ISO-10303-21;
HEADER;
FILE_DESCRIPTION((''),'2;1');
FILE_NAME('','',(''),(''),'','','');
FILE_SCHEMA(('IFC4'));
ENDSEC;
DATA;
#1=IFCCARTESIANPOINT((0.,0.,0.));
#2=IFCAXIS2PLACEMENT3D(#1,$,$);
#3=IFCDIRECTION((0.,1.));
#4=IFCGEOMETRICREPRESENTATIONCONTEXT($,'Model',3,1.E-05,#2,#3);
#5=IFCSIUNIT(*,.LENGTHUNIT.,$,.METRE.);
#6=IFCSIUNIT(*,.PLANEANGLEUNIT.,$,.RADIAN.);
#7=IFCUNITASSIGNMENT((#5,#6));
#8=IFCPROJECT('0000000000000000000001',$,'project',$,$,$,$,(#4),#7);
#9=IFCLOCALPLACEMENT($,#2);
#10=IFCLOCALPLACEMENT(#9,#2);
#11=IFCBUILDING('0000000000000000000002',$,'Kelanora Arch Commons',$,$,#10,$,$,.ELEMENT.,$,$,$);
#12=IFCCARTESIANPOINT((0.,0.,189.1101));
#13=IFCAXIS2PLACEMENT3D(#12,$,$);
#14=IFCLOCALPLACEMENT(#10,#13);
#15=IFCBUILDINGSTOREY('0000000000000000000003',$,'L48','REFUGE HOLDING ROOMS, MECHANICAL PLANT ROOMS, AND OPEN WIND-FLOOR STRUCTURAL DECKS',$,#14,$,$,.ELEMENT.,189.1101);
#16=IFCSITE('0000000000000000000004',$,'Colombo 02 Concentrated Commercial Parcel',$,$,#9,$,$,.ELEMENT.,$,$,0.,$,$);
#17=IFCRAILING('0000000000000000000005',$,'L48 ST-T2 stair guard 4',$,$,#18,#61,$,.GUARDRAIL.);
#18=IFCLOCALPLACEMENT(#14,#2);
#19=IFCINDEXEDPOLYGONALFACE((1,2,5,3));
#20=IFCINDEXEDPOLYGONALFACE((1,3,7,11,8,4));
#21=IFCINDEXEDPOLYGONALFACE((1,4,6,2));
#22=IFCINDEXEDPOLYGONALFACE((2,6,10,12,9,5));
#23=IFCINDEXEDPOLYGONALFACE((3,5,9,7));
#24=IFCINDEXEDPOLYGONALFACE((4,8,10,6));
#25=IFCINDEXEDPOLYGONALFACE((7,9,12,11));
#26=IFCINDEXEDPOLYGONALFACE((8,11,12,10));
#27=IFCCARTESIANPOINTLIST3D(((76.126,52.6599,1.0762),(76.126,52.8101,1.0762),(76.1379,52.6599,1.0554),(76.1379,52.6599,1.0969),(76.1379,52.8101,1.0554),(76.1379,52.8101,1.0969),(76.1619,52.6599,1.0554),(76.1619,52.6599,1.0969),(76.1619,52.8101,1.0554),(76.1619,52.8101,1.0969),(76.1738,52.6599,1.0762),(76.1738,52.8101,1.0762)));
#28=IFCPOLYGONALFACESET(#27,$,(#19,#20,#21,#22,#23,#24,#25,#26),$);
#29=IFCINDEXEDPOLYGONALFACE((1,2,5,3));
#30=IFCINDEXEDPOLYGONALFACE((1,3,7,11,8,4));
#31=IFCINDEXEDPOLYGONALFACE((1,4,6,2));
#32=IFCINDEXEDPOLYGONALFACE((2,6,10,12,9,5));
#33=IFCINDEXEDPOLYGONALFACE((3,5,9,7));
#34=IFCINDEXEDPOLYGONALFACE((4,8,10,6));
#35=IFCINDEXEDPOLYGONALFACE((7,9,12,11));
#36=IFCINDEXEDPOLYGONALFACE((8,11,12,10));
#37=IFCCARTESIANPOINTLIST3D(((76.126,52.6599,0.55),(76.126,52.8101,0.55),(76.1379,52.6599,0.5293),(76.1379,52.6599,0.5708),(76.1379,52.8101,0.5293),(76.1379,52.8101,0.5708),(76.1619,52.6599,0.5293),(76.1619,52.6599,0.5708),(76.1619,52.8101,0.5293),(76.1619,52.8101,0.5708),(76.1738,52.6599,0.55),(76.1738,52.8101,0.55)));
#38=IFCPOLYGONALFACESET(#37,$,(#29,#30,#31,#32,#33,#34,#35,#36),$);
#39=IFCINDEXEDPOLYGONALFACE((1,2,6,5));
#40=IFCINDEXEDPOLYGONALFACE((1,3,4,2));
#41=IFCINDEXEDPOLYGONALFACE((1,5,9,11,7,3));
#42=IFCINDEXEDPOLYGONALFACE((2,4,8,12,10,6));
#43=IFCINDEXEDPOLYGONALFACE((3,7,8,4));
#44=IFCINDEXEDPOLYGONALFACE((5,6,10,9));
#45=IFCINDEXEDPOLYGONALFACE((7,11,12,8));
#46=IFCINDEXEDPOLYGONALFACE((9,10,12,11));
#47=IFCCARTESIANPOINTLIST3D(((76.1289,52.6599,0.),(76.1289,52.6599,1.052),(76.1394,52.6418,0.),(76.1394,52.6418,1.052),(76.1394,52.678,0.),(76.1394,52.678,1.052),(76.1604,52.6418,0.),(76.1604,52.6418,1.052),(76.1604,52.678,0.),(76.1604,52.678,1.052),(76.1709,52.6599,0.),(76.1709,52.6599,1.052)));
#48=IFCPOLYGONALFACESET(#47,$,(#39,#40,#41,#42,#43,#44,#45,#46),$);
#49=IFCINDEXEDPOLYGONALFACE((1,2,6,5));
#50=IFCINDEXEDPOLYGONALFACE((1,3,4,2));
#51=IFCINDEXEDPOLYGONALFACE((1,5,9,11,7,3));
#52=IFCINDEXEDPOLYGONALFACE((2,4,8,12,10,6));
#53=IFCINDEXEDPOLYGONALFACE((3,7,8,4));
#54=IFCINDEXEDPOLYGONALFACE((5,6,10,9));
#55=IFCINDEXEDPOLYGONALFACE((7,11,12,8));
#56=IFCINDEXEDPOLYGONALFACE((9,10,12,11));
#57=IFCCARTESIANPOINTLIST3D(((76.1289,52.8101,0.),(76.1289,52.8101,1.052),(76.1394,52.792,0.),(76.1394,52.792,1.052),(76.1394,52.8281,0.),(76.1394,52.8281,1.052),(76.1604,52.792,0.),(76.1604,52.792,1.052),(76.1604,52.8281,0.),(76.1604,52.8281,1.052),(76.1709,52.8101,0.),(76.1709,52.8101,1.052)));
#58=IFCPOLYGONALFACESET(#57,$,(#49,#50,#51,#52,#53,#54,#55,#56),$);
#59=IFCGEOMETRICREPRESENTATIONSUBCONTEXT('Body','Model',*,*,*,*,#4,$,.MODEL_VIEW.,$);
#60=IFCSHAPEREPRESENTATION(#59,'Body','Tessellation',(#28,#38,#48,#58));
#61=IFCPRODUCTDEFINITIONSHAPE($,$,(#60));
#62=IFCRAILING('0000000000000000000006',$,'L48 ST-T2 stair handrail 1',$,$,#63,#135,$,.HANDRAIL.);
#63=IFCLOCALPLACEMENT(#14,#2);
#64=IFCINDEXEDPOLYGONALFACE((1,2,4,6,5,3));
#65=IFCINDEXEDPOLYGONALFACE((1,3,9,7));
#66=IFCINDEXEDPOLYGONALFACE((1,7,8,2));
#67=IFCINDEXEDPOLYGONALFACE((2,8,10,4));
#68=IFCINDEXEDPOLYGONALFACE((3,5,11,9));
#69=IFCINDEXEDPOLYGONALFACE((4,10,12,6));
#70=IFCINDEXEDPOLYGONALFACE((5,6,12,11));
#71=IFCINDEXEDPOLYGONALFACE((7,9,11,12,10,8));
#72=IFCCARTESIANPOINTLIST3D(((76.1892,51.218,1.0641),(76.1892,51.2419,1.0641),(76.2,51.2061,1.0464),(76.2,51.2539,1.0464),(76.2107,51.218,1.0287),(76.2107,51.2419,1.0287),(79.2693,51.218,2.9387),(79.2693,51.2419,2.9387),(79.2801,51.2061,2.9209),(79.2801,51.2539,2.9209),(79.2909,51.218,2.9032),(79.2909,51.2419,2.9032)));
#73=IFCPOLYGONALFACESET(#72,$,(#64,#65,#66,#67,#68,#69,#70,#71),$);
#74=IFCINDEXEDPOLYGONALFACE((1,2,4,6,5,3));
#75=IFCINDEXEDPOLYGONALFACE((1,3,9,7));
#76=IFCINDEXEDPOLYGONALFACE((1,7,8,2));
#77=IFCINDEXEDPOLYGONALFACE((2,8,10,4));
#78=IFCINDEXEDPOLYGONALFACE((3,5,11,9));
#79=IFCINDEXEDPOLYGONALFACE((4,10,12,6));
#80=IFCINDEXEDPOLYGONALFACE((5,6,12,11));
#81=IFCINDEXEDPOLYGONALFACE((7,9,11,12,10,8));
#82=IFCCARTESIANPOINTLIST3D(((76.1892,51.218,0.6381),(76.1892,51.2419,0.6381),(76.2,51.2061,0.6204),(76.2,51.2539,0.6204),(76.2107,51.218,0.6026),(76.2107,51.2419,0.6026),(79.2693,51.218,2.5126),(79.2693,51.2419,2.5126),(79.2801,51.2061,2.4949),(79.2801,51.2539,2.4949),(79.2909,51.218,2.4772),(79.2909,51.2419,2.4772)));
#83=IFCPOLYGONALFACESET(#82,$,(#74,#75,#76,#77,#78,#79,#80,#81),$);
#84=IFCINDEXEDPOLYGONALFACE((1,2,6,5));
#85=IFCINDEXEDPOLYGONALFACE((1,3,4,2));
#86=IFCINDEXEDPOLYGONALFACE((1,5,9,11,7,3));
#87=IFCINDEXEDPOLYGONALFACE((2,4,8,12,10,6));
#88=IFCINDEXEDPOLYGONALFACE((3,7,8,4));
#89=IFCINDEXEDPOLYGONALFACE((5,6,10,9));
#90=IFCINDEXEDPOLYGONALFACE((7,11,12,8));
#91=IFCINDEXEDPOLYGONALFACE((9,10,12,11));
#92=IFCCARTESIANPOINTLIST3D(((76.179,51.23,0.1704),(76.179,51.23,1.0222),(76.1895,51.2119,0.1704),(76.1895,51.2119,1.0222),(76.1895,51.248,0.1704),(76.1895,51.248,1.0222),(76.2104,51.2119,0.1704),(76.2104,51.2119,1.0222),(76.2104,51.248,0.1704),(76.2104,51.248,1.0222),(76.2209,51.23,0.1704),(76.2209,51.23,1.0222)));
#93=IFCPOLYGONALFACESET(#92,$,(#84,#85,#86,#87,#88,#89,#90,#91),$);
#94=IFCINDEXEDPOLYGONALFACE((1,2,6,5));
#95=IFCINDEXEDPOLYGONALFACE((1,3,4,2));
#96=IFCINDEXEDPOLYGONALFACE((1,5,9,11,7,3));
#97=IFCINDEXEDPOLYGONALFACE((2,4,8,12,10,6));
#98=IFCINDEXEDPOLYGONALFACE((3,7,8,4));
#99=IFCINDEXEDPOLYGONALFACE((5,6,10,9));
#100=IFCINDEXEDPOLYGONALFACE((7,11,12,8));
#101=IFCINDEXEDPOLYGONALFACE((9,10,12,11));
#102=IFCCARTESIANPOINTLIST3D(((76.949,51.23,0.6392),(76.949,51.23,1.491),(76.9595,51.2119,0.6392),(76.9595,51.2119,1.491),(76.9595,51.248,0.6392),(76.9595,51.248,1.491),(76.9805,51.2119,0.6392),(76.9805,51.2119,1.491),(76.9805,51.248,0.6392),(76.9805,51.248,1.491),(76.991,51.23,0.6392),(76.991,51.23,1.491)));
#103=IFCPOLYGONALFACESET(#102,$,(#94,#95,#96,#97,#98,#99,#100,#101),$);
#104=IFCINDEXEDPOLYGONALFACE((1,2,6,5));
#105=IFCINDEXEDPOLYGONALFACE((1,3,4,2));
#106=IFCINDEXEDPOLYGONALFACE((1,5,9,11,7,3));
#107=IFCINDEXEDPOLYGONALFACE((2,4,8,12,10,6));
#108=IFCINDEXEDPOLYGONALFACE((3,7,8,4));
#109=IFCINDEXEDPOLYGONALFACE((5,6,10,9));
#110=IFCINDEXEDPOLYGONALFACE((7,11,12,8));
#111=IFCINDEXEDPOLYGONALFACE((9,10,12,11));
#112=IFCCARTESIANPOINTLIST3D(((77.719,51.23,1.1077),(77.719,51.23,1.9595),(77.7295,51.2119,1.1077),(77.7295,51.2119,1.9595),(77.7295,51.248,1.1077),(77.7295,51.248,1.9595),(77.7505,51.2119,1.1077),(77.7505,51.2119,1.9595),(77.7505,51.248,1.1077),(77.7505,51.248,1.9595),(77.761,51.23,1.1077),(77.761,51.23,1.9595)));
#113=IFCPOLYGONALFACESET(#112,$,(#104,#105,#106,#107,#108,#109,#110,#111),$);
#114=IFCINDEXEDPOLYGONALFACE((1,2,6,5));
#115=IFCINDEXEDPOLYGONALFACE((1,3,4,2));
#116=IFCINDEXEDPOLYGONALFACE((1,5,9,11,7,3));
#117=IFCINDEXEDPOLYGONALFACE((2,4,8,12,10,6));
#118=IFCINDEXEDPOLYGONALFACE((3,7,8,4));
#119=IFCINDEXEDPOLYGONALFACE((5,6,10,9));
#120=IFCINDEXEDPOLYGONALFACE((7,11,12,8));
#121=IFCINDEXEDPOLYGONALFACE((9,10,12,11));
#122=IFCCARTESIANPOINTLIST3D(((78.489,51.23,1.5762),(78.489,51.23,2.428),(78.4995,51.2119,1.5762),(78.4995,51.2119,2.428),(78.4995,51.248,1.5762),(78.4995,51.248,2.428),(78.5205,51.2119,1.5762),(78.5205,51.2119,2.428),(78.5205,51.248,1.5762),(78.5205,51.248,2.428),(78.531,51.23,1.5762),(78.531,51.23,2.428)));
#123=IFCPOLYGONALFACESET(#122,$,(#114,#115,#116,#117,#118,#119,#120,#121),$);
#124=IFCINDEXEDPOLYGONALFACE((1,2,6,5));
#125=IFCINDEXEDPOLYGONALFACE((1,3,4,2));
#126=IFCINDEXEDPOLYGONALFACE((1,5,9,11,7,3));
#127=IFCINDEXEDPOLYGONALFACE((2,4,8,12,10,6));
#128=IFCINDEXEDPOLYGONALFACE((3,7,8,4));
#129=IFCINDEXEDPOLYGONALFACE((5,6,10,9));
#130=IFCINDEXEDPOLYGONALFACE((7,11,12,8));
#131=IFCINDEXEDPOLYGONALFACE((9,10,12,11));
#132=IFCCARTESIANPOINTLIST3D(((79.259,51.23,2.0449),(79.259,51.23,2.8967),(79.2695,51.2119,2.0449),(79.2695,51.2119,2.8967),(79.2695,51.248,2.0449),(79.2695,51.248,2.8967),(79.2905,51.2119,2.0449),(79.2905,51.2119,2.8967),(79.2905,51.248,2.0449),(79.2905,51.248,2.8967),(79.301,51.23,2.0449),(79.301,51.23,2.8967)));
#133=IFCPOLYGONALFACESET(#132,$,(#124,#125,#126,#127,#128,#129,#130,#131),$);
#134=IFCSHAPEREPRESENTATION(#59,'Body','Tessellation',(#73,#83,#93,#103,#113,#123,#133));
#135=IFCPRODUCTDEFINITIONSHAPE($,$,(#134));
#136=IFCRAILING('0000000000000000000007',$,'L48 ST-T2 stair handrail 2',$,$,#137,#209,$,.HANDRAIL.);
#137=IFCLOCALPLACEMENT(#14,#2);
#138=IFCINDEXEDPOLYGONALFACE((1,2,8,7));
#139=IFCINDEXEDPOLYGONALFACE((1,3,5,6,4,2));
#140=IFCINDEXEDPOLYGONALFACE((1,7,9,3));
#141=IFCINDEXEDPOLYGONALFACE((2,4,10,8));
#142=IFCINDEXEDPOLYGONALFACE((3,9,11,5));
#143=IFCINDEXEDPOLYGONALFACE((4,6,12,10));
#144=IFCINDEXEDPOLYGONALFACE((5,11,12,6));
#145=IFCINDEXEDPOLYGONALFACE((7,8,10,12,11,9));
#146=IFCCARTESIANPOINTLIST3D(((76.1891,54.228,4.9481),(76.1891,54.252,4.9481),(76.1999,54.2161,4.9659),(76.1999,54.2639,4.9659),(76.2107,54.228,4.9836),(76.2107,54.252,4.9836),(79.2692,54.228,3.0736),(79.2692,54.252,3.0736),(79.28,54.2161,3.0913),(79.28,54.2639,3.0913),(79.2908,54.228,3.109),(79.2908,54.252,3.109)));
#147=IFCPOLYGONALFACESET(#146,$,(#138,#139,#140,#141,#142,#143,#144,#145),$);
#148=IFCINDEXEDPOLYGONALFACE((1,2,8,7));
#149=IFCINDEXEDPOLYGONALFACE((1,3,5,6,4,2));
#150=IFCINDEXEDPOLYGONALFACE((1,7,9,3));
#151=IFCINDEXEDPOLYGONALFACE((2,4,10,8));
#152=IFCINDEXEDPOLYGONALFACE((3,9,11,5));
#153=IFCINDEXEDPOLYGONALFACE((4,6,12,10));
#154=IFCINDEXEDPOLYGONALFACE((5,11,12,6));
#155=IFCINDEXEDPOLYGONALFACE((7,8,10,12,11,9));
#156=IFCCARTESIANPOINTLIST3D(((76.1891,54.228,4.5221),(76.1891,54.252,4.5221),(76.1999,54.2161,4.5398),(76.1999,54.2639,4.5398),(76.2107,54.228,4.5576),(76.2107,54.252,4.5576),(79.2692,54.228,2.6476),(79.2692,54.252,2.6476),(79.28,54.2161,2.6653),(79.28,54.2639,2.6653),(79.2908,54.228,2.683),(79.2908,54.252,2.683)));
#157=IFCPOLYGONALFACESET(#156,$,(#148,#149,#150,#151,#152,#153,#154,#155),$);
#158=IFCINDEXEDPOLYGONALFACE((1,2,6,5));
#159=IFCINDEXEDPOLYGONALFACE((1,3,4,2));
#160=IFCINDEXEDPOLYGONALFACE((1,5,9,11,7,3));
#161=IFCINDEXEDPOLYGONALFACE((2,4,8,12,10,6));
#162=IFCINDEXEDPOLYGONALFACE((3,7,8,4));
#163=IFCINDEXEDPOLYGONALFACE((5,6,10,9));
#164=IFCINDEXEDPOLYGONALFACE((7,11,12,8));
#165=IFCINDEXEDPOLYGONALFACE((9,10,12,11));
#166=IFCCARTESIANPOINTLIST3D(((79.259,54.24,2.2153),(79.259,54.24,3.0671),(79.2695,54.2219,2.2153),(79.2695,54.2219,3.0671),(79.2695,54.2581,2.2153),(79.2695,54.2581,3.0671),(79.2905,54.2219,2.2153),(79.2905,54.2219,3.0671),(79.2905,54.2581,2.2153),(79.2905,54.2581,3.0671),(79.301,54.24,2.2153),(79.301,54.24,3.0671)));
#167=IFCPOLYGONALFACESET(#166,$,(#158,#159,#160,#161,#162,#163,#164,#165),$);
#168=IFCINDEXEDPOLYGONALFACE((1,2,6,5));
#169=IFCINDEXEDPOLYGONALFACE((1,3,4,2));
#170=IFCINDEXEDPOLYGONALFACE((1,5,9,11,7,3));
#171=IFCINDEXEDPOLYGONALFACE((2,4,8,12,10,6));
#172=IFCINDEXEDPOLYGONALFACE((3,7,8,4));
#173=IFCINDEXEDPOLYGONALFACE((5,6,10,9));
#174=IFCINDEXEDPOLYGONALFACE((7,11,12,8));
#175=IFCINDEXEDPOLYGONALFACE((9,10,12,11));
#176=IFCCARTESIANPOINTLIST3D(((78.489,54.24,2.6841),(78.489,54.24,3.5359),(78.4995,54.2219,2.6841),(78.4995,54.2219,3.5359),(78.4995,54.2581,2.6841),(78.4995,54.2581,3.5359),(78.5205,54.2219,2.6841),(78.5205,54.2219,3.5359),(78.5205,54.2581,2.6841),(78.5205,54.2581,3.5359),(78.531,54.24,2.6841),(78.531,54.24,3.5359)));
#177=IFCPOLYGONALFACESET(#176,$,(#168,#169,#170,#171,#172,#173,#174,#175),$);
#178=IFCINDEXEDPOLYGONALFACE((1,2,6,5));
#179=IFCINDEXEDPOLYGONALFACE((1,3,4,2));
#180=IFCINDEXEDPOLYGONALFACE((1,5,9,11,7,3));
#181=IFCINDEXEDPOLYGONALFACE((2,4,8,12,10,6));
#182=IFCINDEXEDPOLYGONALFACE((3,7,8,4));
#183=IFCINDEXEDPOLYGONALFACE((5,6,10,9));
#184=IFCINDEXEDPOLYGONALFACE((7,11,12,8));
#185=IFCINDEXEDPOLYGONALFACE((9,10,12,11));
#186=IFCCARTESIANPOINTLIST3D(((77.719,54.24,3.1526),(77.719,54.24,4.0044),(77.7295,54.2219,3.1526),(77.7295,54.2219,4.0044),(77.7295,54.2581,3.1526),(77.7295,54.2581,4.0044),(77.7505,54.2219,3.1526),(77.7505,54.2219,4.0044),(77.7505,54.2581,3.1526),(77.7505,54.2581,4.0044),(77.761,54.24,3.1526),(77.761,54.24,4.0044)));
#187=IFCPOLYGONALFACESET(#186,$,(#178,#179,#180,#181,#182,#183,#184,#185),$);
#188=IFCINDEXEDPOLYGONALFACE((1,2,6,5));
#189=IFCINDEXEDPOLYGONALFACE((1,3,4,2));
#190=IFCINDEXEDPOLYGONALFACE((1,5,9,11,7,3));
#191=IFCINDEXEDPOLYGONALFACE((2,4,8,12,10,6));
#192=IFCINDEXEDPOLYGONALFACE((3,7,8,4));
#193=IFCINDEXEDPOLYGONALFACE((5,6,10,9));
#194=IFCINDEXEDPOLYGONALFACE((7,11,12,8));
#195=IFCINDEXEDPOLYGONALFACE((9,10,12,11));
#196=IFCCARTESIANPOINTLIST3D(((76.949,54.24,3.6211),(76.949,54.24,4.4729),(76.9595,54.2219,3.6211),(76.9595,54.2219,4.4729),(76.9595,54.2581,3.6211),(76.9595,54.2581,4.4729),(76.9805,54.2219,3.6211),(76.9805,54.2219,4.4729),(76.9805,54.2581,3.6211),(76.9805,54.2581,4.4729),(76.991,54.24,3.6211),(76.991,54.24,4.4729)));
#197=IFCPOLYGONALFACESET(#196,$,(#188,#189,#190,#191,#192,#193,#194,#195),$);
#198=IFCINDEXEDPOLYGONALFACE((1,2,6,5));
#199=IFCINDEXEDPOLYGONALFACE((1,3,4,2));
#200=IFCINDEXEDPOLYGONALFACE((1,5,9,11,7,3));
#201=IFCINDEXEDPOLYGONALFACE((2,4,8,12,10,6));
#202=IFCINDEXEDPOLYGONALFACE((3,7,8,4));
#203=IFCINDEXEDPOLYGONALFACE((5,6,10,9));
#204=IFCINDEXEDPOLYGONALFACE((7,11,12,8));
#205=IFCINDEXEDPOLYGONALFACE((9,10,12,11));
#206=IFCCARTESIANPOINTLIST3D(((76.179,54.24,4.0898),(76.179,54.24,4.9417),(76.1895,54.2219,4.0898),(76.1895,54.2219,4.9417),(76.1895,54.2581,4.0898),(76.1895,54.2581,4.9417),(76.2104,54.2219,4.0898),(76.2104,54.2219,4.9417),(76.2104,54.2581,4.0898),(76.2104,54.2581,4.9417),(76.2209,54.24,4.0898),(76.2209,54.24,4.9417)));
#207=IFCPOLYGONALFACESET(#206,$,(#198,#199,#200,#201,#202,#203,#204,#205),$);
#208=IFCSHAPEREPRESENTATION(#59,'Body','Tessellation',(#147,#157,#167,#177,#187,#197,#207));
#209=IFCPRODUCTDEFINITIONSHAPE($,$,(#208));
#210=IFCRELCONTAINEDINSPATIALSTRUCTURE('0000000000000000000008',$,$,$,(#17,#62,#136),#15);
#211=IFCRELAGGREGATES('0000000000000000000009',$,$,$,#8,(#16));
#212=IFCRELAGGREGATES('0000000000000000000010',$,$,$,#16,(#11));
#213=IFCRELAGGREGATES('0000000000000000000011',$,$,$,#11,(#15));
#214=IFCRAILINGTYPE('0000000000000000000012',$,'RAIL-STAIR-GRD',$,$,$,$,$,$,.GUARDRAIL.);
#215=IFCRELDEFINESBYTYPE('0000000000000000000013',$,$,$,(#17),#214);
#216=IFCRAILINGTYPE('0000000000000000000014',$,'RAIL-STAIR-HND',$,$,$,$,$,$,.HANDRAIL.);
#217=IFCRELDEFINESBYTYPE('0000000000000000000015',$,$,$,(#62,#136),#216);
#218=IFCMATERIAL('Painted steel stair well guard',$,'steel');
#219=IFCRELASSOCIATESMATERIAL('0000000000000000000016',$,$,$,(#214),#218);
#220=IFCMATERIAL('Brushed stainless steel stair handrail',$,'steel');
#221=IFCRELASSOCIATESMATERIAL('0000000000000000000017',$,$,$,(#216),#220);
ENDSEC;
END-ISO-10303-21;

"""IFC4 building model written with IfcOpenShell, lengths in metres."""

from ifc_helpers import new_model, si_unit, direction, frame, origin, place, context, subcontext, project, spatial, polyline, outline, extrude, material, type_object, element, save


model = new_model("IFC4")

# Units and contexts
model_context = context("Model", 3, precision=1e-05, world=origin(), true_north=direction((0.0, 1.0)))
body_context = subcontext(model_context, "Body", "Model", "MODEL_VIEW")
ifc_project = project(units=[si_unit("LENGTHUNIT", "METRE"), si_unit("PLANEANGLEUNIT", "RADIAN")], contexts=[model_context])

# Site, building, storey
site_placement = place(None, origin())
site = spatial("IfcSite", under=ifc_project, at=site_placement, Name="Colombo 02 Concentrated Commercial Parcel", CompositionType="ELEMENT", RefElevation=0.0)
building_placement = place(site_placement, origin())
building = spatial("IfcBuilding", under=site, at=building_placement, Name="Kelanora Arch Commons", CompositionType="ELEMENT")
storey_placement = place(building_placement, frame((0.0, 0.0, 189.1101)))
storey = spatial("IfcBuildingStorey", under=building, at=storey_placement, Name="L48", Description="REFUGE HOLDING ROOMS, MECHANICAL PLANT ROOMS, AND OPEN WIND-FLOOR STRUCTURAL DECKS", CompositionType="ELEMENT", Elevation=189.1101)

# Railings
ifc_material_1 = material(Name="Painted steel stair well guard", Category="steel")
railing_type_1 = type_object("IfcRailingType", Name="RAIL-STAIR-GRD", PredefinedType="GUARDRAIL", material=ifc_material_1)
railing_1_placement = place(storey_placement, frame((76.1499, 52.6599, 0.0)))
element("IfcRailing", 1, at=railing_1_placement, inside=storey, type_object=railing_type_1, Name="L48 ST-T2 stair guard 4", PredefinedType="GUARDRAIL", context=body_context, shape_type="SweptSolid", body=[
    extrude(outline(polyline([(0.0239, 0.0), (0.012, 0.0208), (-0.012, 0.0208), (-0.0239, 0.0), (-0.012, -0.0208), (0.012, -0.0208), (0.0239, 0.0)])), frame((0.0, 0.0, 1.0762), z_axis=(0.0, 1.0, 0.0), x_axis=(-1.0, 0.0, 0.0)), (0.0, 0.0, 1.0), 0.1501),
    extrude(outline(polyline([(0.0239, 0.0), (0.012, 0.0208), (-0.012, 0.0208), (-0.0239, 0.0), (-0.012, -0.0208), (0.012, -0.0208), (0.0239, 0.0)])), frame((0.0, 0.0, 0.55), z_axis=(0.0, 1.0, 0.0), x_axis=(-1.0, 0.0, 0.0)), (0.0, 0.0, 1.0), 0.1501),
    extrude(outline(polyline([(0.021, 0.0), (0.0105, 0.0181), (-0.0105, 0.0181), (-0.021, 0.0), (-0.0105, -0.0181), (0.0105, -0.0181), (0.021, 0.0)])), origin(), (0.0, 0.0, 1.0), 1.052),
    extrude(outline(polyline([(0.021, 0.0), (0.0105, 0.0181), (-0.0105, 0.0181), (-0.021, 0.0), (-0.0105, -0.0181), (0.0105, -0.0181), (0.021, 0.0)])), frame((0.0, 0.1501, 0.0)), (0.0, 0.0, 1.0), 1.052),
])
ifc_material_2 = material(Name="Brushed stainless steel stair handrail", Category="steel")
railing_type_2 = type_object("IfcRailingType", Name="RAIL-STAIR-HND", PredefinedType="HANDRAIL", material=ifc_material_2)
railing_2_placement = place(storey_placement, frame((76.2, 51.23, 0.1704)))
element("IfcRailing", 2, at=railing_2_placement, inside=storey, type_object=railing_type_2, Name="L48 ST-T2 stair handrail 1", PredefinedType="HANDRAIL", context=body_context, shape_type="SweptSolid", body=[
    extrude(outline(polyline([(0.0239, 0.0), (0.012, 0.0208), (-0.012, 0.0208), (-0.0239, 0.0), (-0.012, -0.0208), (0.012, -0.0208), (0.0239, 0.0)])), frame((0.0, 0.0, 0.876), z_axis=(0.854238, 0.0, 0.519883), x_axis=(0.0, 1.0, 0.0)), (0.0, 0.0, 1.0), 3.6057),
    extrude(outline(polyline([(0.0239, 0.0), (0.012, 0.0208), (-0.012, 0.0208), (-0.0239, 0.0), (-0.012, -0.0208), (0.012, -0.0208), (0.0239, 0.0)])), frame((0.0, 0.0, 0.45), z_axis=(0.854238, 0.0, 0.519883), x_axis=(0.0, 1.0, 0.0)), (0.0, 0.0, 1.0), 3.6057),
    extrude(outline(polyline([(0.021, 0.0), (0.0105, 0.0181), (-0.0105, 0.0181), (-0.021, 0.0), (-0.0105, -0.0181), (0.0105, -0.0181), (0.021, 0.0)])), origin(), (0.0, 0.0, 1.0), 0.8518),
    extrude(outline(polyline([(0.021, 0.0), (0.0105, 0.0181), (-0.0105, 0.0181), (-0.021, 0.0), (-0.0105, -0.0181), (0.0105, -0.0181), (0.021, 0.0)])), frame((0.77, 0.0, 0.4688)), (0.0, 0.0, 1.0), 0.8518),
    extrude(outline(polyline([(0.021, 0.0), (0.0105, 0.0181), (-0.0105, 0.0181), (-0.021, 0.0), (-0.0105, -0.0181), (0.0105, -0.0181), (0.021, 0.0)])), frame((1.54, 0.0, 0.9373)), (0.0, 0.0, 1.0), 0.8518),
    extrude(outline(polyline([(0.021, 0.0), (0.0105, 0.0181), (-0.0105, 0.0181), (-0.021, 0.0), (-0.0105, -0.0181), (0.0105, -0.0181), (0.021, 0.0)])), frame((2.3101, 0.0, 1.4058)), (0.0, 0.0, 1.0), 0.8518),
    extrude(outline(polyline([(0.021, 0.0), (0.0105, 0.0181), (-0.0105, 0.0181), (-0.021, 0.0), (-0.0105, -0.0181), (0.0105, -0.0181), (0.021, 0.0)])), frame((3.0801, 0.0, 1.8745)), (0.0, 0.0, 1.0), 0.8518),
])
railing_3_placement = place(storey_placement, frame((79.28, 54.24, 2.2153)))
element("IfcRailing", 3, at=railing_3_placement, inside=storey, type_object=railing_type_2, Name="L48 ST-T2 stair handrail 2", PredefinedType="HANDRAIL", context=body_context, shape_type="SweptSolid", body=[
    extrude(outline(polyline([(0.0239, 0.0), (0.012, 0.0208), (-0.012, 0.0208), (-0.0239, 0.0), (-0.012, -0.0208), (0.012, -0.0208), (0.0239, 0.0)])), frame((0.0, 0.0, 0.876), z_axis=(-0.854238, 0.0, 0.519883), x_axis=(0.0, -1.0, 0.0)), (0.0, 0.0, 1.0), 3.6057),
    extrude(outline(polyline([(0.0239, 0.0), (0.012, 0.0208), (-0.012, 0.0208), (-0.0239, 0.0), (-0.012, -0.0208), (0.012, -0.0208), (0.0239, 0.0)])), frame((0.0, 0.0, 0.45), z_axis=(-0.854238, 0.0, 0.519883), x_axis=(0.0, -1.0, 0.0)), (0.0, 0.0, 1.0), 3.6057),
    extrude(outline(polyline([(0.021, 0.0), (0.0105, 0.0181), (-0.0105, 0.0181), (-0.021, 0.0), (-0.0105, -0.0181), (0.0105, -0.0181), (0.021, 0.0)])), origin(), (0.0, 0.0, 1.0), 0.8518),
    extrude(outline(polyline([(0.021, 0.0), (0.0105, 0.0181), (-0.0105, 0.0181), (-0.021, 0.0), (-0.0105, -0.0181), (0.0105, -0.0181), (0.021, 0.0)])), frame((-0.77, 0.0, 0.4688)), (0.0, 0.0, 1.0), 0.8518),
    extrude(outline(polyline([(0.021, 0.0), (0.0105, 0.0181), (-0.0105, 0.0181), (-0.021, 0.0), (-0.0105, -0.0181), (0.0105, -0.0181), (0.021, 0.0)])), frame((-1.54, 0.0, 0.9373)), (0.0, 0.0, 1.0), 0.8518),
    extrude(outline(polyline([(0.021, 0.0), (0.0105, 0.0181), (-0.0105, 0.0181), (-0.021, 0.0), (-0.0105, -0.0181), (0.0105, -0.0181), (0.021, 0.0)])), frame((-2.3101, 0.0, 1.4058)), (0.0, 0.0, 1.0), 0.8518),
    extrude(outline(polyline([(0.021, 0.0), (0.0105, 0.0181), (-0.0105, 0.0181), (-0.021, 0.0), (-0.0105, -0.0181), (0.0105, -0.0181), (0.021, 0.0)])), frame((-3.0801, 0.0, 1.8745)), (0.0, 0.0, 1.0), 0.8518),
])

save(model, "model.ifc")
